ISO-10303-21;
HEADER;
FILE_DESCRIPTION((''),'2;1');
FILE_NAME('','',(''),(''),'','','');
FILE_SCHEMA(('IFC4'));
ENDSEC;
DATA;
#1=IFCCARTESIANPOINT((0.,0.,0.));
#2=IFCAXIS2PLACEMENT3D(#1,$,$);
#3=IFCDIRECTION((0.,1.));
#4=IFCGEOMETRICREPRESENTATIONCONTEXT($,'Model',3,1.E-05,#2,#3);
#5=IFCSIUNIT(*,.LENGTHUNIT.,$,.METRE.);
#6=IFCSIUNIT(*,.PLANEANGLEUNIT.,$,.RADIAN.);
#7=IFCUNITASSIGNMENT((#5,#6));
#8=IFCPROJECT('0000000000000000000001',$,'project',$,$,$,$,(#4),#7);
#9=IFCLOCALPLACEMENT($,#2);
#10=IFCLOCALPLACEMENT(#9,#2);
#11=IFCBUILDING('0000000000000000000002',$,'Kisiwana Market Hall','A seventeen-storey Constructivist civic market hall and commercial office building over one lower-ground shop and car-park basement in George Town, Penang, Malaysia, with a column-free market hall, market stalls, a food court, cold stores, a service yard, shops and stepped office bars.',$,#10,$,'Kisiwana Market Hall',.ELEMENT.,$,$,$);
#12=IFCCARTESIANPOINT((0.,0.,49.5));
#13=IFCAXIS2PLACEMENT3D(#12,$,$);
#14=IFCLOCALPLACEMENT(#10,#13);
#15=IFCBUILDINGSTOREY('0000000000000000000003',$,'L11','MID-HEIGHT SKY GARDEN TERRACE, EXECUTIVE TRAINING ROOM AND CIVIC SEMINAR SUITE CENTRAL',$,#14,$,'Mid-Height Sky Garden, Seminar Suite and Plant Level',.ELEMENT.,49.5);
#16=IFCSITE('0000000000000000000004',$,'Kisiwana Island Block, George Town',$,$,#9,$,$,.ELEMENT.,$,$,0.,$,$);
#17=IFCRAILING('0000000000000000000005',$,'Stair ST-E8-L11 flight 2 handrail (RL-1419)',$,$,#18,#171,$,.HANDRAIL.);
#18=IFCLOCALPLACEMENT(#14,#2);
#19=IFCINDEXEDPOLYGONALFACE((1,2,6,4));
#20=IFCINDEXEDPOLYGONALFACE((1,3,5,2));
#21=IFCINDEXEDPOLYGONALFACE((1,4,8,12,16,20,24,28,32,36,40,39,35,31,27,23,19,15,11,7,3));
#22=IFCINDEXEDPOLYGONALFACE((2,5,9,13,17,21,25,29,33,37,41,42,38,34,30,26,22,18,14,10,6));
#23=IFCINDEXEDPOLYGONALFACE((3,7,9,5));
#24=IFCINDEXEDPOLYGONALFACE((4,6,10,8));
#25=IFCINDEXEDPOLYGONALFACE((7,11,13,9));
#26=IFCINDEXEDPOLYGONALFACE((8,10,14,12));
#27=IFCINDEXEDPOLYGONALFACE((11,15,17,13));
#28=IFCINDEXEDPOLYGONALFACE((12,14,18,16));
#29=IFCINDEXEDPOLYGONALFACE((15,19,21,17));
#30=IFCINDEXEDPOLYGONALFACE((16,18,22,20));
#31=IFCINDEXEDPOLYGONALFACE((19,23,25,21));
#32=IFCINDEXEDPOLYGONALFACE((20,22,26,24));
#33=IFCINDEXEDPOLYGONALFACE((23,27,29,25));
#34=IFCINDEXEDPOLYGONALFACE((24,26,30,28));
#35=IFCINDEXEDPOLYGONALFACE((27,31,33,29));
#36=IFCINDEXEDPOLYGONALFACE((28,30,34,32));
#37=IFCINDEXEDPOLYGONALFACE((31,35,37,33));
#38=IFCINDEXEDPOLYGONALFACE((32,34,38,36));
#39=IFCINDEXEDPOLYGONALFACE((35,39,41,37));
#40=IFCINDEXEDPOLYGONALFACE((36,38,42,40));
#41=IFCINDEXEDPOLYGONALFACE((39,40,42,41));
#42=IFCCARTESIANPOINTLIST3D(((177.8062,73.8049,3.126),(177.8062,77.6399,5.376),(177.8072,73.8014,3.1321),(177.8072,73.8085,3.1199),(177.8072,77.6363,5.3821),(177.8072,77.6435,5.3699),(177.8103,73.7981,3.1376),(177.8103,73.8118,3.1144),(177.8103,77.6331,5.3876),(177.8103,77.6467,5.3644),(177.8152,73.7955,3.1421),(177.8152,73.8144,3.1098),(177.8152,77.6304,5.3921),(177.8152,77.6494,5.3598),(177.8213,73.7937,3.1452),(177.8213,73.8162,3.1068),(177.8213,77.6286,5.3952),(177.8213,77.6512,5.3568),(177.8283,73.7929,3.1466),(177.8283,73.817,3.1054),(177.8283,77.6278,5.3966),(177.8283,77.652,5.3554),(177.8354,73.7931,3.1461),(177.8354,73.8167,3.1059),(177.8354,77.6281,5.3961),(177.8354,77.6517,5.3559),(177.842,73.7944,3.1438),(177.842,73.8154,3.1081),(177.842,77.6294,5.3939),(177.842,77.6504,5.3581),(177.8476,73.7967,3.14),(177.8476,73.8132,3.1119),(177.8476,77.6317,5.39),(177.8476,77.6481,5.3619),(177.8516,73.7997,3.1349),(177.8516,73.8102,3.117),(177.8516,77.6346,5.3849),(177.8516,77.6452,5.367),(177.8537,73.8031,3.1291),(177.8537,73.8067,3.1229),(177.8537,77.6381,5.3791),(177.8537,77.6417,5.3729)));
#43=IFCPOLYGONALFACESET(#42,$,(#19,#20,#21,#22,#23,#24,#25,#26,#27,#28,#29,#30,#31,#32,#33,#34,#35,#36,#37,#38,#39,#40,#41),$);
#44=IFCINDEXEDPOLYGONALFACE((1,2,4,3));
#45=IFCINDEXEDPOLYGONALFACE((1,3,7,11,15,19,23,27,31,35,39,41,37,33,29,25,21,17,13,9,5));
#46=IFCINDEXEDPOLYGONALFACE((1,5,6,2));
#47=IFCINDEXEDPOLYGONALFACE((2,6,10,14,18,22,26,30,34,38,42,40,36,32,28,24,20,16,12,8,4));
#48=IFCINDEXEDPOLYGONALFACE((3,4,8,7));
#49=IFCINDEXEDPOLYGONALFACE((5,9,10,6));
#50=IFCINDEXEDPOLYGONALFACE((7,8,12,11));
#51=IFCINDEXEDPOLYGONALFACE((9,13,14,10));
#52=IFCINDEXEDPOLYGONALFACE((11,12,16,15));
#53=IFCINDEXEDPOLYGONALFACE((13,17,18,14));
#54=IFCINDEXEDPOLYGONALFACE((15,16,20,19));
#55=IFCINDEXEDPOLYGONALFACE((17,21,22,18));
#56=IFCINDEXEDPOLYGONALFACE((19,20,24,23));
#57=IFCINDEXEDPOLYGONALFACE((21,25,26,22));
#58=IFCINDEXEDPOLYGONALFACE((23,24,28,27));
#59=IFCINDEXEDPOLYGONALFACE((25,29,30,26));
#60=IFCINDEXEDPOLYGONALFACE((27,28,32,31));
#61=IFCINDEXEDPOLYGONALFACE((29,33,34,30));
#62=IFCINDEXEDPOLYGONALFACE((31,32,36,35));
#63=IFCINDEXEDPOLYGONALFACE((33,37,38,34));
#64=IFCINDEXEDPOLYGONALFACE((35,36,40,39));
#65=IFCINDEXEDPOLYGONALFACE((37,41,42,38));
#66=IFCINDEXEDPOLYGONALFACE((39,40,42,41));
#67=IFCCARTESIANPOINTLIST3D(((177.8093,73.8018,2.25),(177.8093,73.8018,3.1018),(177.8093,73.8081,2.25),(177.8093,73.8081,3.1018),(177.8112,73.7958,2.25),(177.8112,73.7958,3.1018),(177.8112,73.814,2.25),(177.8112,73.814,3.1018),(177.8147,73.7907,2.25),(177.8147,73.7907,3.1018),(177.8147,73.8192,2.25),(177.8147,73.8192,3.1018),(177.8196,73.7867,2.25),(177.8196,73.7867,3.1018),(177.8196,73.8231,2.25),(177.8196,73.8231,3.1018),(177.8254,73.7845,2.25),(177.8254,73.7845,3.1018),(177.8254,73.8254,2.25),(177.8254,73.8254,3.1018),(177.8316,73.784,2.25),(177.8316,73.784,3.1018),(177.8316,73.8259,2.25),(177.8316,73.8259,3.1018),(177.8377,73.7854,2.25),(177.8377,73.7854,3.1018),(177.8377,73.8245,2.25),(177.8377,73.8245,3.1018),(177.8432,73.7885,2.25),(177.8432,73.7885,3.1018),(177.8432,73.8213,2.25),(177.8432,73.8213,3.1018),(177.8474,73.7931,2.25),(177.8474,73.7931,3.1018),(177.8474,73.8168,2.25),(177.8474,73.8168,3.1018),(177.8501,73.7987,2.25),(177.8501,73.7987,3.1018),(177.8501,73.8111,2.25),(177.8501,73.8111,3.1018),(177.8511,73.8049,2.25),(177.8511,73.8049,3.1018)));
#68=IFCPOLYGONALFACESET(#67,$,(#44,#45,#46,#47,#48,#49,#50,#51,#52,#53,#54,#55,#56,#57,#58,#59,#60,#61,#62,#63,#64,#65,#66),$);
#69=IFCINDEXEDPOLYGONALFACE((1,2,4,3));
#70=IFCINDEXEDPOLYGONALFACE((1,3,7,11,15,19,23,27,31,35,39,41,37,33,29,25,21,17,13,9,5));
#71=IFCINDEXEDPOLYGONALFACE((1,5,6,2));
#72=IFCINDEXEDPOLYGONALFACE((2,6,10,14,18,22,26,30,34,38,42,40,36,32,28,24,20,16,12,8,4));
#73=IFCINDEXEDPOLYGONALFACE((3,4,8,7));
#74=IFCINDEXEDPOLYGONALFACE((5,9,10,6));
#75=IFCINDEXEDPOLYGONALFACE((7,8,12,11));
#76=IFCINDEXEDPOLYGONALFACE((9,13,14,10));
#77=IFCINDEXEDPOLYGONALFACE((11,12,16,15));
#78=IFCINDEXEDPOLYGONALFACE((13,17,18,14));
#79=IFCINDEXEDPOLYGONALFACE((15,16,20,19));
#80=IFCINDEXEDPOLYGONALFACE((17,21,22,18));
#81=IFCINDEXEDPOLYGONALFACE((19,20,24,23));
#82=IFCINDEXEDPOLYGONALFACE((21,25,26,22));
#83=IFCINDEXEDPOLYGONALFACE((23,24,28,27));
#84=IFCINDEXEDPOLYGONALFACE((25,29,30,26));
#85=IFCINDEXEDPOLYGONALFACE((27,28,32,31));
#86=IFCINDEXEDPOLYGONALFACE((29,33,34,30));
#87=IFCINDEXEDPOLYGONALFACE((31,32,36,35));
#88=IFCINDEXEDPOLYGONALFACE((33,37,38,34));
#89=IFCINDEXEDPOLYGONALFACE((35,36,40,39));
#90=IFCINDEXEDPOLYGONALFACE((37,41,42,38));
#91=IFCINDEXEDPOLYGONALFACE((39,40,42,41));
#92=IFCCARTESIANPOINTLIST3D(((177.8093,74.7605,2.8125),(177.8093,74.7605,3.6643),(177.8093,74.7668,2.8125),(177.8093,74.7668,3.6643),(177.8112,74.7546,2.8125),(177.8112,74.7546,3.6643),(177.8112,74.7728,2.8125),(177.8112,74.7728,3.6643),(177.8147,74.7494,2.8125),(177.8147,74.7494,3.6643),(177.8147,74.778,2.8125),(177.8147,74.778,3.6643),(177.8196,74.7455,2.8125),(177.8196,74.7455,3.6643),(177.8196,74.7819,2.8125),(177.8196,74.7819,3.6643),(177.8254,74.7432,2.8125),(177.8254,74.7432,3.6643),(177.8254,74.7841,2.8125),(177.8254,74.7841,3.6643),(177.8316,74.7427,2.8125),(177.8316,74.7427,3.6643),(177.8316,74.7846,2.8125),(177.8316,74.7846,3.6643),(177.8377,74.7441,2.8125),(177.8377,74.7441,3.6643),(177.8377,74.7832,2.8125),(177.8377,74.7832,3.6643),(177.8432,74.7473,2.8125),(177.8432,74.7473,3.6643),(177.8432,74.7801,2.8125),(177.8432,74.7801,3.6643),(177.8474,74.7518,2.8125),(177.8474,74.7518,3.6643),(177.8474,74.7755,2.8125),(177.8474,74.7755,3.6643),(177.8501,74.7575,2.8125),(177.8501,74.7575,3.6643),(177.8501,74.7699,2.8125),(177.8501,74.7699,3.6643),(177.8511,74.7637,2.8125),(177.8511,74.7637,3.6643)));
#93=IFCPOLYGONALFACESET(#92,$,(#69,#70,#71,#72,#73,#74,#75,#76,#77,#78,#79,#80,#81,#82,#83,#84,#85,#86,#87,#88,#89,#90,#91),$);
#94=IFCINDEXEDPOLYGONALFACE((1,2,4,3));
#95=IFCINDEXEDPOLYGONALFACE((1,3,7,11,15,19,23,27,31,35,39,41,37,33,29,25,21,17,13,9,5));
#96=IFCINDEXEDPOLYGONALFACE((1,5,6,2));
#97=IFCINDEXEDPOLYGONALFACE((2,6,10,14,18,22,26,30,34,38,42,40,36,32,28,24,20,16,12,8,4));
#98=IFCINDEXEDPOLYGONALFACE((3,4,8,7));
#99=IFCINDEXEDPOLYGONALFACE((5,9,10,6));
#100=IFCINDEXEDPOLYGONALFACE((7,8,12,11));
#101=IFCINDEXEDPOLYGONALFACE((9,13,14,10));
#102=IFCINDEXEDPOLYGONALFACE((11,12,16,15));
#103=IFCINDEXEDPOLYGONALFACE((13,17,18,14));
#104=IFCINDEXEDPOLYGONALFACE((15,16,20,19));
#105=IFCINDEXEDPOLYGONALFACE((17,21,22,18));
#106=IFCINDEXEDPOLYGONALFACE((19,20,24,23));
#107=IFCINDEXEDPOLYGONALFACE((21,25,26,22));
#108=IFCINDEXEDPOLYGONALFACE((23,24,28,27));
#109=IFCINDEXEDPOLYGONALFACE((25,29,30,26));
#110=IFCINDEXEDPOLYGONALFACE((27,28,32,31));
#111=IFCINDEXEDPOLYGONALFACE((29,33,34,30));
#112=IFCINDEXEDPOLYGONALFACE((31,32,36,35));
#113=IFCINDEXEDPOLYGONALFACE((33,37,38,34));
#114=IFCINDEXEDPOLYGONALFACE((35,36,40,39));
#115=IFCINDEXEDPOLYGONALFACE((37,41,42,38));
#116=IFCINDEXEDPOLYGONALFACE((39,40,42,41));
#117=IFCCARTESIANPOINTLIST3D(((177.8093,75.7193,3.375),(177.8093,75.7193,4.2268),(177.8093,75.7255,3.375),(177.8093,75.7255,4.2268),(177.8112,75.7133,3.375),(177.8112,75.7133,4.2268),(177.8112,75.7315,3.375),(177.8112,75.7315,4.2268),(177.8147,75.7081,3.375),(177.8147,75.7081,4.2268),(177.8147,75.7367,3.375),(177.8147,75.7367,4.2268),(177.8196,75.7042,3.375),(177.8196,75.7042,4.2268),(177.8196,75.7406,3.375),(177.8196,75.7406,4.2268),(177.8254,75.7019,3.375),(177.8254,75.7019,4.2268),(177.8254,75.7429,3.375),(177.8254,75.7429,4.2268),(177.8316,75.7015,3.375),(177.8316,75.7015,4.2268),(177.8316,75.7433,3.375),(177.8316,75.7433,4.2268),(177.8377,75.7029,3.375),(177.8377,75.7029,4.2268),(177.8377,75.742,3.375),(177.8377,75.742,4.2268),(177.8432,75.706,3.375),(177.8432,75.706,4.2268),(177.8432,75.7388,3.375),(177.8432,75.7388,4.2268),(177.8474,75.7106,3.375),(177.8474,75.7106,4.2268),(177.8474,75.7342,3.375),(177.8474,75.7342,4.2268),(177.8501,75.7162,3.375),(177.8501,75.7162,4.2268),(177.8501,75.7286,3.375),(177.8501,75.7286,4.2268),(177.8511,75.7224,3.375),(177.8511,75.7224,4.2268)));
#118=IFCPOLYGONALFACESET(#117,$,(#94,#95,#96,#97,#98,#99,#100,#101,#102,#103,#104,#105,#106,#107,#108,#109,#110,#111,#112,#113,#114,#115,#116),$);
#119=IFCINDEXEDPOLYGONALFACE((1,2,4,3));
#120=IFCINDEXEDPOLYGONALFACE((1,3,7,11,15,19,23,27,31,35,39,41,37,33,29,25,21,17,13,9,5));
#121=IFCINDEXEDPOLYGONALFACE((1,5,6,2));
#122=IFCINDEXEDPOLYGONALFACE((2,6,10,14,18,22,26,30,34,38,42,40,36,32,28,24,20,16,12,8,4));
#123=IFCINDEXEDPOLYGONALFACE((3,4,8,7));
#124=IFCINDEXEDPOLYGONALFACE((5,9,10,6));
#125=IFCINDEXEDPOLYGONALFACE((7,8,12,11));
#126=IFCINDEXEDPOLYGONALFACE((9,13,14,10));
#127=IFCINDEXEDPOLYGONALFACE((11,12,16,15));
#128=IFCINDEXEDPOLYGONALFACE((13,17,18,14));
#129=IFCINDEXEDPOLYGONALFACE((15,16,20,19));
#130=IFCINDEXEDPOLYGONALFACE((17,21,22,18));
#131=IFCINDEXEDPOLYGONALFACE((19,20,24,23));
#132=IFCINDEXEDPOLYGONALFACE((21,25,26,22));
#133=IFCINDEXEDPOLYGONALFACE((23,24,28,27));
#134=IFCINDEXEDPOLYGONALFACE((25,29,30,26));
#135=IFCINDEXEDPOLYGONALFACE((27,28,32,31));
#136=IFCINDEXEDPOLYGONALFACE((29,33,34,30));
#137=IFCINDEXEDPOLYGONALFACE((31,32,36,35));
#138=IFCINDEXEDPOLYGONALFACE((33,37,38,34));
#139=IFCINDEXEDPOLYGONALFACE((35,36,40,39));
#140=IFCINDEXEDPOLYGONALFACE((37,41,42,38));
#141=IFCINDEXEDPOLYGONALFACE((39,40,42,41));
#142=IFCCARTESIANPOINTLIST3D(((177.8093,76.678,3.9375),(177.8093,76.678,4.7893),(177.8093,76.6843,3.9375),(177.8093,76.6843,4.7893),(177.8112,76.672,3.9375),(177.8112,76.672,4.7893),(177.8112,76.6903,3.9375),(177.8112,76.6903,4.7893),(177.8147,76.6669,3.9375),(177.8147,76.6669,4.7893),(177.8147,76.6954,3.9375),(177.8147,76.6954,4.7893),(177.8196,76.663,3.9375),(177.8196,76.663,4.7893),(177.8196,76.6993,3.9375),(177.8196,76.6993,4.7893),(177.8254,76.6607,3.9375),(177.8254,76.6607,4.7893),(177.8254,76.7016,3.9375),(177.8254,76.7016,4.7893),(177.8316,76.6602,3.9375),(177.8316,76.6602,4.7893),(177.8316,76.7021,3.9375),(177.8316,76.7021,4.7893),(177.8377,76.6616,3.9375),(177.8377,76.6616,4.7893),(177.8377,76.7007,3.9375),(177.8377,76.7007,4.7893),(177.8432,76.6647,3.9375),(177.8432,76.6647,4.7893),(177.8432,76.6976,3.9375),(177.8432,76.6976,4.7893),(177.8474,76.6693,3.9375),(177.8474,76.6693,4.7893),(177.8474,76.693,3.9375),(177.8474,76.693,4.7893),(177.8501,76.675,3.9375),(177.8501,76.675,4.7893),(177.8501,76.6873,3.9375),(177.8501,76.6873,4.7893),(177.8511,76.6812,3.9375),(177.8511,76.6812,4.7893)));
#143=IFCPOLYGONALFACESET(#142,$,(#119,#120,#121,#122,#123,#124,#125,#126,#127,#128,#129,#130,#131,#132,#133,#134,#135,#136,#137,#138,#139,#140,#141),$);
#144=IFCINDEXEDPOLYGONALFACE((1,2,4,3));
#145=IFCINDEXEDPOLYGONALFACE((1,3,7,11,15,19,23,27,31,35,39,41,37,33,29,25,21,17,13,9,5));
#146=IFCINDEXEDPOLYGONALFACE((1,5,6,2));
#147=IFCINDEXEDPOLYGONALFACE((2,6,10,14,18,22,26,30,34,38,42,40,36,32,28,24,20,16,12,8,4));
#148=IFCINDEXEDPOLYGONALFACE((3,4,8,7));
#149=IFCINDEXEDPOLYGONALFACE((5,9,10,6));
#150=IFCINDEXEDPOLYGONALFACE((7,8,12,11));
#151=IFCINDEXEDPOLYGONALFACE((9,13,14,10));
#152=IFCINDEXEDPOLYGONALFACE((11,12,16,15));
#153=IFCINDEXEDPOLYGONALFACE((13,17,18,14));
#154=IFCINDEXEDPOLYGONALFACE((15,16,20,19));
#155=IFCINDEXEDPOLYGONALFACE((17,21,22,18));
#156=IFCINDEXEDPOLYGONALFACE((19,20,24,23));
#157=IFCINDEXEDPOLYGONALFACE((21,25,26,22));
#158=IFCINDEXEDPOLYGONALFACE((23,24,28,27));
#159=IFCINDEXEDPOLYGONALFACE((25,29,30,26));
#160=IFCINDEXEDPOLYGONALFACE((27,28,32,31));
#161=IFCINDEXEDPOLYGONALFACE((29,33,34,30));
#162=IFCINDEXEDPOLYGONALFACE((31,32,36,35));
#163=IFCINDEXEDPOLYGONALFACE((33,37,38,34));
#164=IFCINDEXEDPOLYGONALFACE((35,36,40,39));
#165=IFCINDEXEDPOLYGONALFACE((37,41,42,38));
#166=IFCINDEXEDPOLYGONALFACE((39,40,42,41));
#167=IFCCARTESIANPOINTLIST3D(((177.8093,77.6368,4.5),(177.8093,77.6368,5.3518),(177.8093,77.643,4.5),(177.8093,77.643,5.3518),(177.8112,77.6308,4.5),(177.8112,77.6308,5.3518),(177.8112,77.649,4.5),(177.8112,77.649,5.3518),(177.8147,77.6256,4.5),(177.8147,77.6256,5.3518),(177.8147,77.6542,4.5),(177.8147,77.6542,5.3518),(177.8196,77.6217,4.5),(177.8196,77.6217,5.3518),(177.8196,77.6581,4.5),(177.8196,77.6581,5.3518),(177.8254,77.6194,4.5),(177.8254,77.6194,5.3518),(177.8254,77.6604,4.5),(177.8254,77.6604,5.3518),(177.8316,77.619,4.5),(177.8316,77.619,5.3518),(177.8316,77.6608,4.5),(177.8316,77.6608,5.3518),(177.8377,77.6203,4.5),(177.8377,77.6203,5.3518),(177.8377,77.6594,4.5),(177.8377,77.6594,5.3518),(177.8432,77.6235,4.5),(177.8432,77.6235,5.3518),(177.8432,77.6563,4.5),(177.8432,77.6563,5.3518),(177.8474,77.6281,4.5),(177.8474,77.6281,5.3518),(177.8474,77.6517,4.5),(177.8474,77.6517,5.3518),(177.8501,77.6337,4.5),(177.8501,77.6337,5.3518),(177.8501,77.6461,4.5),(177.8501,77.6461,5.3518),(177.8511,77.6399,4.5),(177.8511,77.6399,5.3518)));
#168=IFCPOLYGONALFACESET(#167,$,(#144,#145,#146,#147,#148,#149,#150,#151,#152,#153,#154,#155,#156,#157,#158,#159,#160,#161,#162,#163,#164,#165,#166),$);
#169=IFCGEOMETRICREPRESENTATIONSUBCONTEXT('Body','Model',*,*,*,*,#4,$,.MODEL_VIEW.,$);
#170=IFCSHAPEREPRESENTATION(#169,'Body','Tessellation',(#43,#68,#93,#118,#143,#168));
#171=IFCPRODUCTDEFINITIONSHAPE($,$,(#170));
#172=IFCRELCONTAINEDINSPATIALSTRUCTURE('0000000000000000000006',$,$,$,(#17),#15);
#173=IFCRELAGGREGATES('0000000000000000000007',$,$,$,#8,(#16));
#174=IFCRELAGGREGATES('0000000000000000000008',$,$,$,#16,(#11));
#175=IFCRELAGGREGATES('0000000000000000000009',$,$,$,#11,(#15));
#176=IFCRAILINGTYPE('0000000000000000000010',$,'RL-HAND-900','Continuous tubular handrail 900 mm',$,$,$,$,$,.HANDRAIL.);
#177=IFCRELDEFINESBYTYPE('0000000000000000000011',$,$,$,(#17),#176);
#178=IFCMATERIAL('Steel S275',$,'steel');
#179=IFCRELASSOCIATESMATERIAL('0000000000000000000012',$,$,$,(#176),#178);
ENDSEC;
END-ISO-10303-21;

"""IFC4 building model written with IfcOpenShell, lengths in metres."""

from ifc_helpers import new_model, si_unit, direction, frame, origin, origin_2d, place, context, subcontext, project, spatial, circle, extrude, material, type_object, element, save


model = new_model("IFC4")

# Units and contexts
model_context = context("Model", 3, precision=1e-05, world=origin(), true_north=direction((0.0, 1.0)))
body_context = subcontext(model_context, "Body", "Model", "MODEL_VIEW")
ifc_project = project(units=[si_unit("LENGTHUNIT", "METRE"), si_unit("PLANEANGLEUNIT", "RADIAN")], contexts=[model_context])

# Site, building, storey
site_placement = place(None, origin())
site = spatial("IfcSite", under=ifc_project, at=site_placement, Name="Kisiwana Island Block, George Town", CompositionType="ELEMENT", RefElevation=0.0)
building_placement = place(site_placement, origin())
building = spatial("IfcBuilding", under=site, at=building_placement, Name="Kisiwana Market Hall", Description="A seventeen-storey Constructivist civic market hall and commercial office building over one lower-ground shop and car-park basement in George Town, Penang, Malaysia, with a column-free market hall, market stalls, a food court, cold stores, a service yard, shops and stepped office bars.", LongName="Kisiwana Market Hall", CompositionType="ELEMENT")
storey_placement = place(building_placement, frame((0.0, 0.0, 49.5)))
storey = spatial("IfcBuildingStorey", under=building, at=storey_placement, Name="L11", Description="MID-HEIGHT SKY GARDEN TERRACE, EXECUTIVE TRAINING ROOM AND CIVIC SEMINAR SUITE CENTRAL", LongName="Mid-Height Sky Garden, Seminar Suite and Plant Level", CompositionType="ELEMENT", Elevation=49.5)

# Railing
ifc_material_1 = material(Name="Steel S275", Category="steel")
railing_type_1 = type_object("IfcRailingType", Name="RL-HAND-900", Description="Continuous tubular handrail 900 mm", PredefinedType="HANDRAIL", material=ifc_material_1)
for number, where, name in (
    (1, (177.8301, 73.8049, 2.25), "Stair ST-E8-L11 flight 2 handrail (RL-1419)"),
):
    element("IfcRailing", number, at=place(storey_placement, frame(where)), inside=storey, type_object=railing_type_1, Name=name, PredefinedType="HANDRAIL", context=body_context, shape_type="SweptSolid", body=[
        extrude(circle(Radius=0.0239, at=origin_2d()), frame((0.0, 0.0, 0.876), z_axis=(0.0, 0.86251, 0.506041), x_axis=(-1.0, 0.0, 0.0)), (0.0, 0.0, 1.0), 4.4463),
        extrude(circle(Radius=0.021, at=origin_2d()), origin(), (0.0, 0.0, 1.0), 0.8518),
        extrude(circle(Radius=0.021, at=origin_2d()), frame((0.0, 0.9587, 0.5625)), (0.0, 0.0, 1.0), 0.8518),
        extrude(circle(Radius=0.021, at=origin_2d()), frame((0.0, 1.9175, 1.125)), (0.0, 0.0, 1.0), 0.8518),
        extrude(circle(Radius=0.021, at=origin_2d()), frame((0.0, 2.8762, 1.6875)), (0.0, 0.0, 1.0), 0.8518),
        extrude(circle(Radius=0.021, at=origin_2d()), frame((0.0, 3.835, 2.25)), (0.0, 0.0, 1.0), 0.8518),
    ])

save(model, "model.ifc")
